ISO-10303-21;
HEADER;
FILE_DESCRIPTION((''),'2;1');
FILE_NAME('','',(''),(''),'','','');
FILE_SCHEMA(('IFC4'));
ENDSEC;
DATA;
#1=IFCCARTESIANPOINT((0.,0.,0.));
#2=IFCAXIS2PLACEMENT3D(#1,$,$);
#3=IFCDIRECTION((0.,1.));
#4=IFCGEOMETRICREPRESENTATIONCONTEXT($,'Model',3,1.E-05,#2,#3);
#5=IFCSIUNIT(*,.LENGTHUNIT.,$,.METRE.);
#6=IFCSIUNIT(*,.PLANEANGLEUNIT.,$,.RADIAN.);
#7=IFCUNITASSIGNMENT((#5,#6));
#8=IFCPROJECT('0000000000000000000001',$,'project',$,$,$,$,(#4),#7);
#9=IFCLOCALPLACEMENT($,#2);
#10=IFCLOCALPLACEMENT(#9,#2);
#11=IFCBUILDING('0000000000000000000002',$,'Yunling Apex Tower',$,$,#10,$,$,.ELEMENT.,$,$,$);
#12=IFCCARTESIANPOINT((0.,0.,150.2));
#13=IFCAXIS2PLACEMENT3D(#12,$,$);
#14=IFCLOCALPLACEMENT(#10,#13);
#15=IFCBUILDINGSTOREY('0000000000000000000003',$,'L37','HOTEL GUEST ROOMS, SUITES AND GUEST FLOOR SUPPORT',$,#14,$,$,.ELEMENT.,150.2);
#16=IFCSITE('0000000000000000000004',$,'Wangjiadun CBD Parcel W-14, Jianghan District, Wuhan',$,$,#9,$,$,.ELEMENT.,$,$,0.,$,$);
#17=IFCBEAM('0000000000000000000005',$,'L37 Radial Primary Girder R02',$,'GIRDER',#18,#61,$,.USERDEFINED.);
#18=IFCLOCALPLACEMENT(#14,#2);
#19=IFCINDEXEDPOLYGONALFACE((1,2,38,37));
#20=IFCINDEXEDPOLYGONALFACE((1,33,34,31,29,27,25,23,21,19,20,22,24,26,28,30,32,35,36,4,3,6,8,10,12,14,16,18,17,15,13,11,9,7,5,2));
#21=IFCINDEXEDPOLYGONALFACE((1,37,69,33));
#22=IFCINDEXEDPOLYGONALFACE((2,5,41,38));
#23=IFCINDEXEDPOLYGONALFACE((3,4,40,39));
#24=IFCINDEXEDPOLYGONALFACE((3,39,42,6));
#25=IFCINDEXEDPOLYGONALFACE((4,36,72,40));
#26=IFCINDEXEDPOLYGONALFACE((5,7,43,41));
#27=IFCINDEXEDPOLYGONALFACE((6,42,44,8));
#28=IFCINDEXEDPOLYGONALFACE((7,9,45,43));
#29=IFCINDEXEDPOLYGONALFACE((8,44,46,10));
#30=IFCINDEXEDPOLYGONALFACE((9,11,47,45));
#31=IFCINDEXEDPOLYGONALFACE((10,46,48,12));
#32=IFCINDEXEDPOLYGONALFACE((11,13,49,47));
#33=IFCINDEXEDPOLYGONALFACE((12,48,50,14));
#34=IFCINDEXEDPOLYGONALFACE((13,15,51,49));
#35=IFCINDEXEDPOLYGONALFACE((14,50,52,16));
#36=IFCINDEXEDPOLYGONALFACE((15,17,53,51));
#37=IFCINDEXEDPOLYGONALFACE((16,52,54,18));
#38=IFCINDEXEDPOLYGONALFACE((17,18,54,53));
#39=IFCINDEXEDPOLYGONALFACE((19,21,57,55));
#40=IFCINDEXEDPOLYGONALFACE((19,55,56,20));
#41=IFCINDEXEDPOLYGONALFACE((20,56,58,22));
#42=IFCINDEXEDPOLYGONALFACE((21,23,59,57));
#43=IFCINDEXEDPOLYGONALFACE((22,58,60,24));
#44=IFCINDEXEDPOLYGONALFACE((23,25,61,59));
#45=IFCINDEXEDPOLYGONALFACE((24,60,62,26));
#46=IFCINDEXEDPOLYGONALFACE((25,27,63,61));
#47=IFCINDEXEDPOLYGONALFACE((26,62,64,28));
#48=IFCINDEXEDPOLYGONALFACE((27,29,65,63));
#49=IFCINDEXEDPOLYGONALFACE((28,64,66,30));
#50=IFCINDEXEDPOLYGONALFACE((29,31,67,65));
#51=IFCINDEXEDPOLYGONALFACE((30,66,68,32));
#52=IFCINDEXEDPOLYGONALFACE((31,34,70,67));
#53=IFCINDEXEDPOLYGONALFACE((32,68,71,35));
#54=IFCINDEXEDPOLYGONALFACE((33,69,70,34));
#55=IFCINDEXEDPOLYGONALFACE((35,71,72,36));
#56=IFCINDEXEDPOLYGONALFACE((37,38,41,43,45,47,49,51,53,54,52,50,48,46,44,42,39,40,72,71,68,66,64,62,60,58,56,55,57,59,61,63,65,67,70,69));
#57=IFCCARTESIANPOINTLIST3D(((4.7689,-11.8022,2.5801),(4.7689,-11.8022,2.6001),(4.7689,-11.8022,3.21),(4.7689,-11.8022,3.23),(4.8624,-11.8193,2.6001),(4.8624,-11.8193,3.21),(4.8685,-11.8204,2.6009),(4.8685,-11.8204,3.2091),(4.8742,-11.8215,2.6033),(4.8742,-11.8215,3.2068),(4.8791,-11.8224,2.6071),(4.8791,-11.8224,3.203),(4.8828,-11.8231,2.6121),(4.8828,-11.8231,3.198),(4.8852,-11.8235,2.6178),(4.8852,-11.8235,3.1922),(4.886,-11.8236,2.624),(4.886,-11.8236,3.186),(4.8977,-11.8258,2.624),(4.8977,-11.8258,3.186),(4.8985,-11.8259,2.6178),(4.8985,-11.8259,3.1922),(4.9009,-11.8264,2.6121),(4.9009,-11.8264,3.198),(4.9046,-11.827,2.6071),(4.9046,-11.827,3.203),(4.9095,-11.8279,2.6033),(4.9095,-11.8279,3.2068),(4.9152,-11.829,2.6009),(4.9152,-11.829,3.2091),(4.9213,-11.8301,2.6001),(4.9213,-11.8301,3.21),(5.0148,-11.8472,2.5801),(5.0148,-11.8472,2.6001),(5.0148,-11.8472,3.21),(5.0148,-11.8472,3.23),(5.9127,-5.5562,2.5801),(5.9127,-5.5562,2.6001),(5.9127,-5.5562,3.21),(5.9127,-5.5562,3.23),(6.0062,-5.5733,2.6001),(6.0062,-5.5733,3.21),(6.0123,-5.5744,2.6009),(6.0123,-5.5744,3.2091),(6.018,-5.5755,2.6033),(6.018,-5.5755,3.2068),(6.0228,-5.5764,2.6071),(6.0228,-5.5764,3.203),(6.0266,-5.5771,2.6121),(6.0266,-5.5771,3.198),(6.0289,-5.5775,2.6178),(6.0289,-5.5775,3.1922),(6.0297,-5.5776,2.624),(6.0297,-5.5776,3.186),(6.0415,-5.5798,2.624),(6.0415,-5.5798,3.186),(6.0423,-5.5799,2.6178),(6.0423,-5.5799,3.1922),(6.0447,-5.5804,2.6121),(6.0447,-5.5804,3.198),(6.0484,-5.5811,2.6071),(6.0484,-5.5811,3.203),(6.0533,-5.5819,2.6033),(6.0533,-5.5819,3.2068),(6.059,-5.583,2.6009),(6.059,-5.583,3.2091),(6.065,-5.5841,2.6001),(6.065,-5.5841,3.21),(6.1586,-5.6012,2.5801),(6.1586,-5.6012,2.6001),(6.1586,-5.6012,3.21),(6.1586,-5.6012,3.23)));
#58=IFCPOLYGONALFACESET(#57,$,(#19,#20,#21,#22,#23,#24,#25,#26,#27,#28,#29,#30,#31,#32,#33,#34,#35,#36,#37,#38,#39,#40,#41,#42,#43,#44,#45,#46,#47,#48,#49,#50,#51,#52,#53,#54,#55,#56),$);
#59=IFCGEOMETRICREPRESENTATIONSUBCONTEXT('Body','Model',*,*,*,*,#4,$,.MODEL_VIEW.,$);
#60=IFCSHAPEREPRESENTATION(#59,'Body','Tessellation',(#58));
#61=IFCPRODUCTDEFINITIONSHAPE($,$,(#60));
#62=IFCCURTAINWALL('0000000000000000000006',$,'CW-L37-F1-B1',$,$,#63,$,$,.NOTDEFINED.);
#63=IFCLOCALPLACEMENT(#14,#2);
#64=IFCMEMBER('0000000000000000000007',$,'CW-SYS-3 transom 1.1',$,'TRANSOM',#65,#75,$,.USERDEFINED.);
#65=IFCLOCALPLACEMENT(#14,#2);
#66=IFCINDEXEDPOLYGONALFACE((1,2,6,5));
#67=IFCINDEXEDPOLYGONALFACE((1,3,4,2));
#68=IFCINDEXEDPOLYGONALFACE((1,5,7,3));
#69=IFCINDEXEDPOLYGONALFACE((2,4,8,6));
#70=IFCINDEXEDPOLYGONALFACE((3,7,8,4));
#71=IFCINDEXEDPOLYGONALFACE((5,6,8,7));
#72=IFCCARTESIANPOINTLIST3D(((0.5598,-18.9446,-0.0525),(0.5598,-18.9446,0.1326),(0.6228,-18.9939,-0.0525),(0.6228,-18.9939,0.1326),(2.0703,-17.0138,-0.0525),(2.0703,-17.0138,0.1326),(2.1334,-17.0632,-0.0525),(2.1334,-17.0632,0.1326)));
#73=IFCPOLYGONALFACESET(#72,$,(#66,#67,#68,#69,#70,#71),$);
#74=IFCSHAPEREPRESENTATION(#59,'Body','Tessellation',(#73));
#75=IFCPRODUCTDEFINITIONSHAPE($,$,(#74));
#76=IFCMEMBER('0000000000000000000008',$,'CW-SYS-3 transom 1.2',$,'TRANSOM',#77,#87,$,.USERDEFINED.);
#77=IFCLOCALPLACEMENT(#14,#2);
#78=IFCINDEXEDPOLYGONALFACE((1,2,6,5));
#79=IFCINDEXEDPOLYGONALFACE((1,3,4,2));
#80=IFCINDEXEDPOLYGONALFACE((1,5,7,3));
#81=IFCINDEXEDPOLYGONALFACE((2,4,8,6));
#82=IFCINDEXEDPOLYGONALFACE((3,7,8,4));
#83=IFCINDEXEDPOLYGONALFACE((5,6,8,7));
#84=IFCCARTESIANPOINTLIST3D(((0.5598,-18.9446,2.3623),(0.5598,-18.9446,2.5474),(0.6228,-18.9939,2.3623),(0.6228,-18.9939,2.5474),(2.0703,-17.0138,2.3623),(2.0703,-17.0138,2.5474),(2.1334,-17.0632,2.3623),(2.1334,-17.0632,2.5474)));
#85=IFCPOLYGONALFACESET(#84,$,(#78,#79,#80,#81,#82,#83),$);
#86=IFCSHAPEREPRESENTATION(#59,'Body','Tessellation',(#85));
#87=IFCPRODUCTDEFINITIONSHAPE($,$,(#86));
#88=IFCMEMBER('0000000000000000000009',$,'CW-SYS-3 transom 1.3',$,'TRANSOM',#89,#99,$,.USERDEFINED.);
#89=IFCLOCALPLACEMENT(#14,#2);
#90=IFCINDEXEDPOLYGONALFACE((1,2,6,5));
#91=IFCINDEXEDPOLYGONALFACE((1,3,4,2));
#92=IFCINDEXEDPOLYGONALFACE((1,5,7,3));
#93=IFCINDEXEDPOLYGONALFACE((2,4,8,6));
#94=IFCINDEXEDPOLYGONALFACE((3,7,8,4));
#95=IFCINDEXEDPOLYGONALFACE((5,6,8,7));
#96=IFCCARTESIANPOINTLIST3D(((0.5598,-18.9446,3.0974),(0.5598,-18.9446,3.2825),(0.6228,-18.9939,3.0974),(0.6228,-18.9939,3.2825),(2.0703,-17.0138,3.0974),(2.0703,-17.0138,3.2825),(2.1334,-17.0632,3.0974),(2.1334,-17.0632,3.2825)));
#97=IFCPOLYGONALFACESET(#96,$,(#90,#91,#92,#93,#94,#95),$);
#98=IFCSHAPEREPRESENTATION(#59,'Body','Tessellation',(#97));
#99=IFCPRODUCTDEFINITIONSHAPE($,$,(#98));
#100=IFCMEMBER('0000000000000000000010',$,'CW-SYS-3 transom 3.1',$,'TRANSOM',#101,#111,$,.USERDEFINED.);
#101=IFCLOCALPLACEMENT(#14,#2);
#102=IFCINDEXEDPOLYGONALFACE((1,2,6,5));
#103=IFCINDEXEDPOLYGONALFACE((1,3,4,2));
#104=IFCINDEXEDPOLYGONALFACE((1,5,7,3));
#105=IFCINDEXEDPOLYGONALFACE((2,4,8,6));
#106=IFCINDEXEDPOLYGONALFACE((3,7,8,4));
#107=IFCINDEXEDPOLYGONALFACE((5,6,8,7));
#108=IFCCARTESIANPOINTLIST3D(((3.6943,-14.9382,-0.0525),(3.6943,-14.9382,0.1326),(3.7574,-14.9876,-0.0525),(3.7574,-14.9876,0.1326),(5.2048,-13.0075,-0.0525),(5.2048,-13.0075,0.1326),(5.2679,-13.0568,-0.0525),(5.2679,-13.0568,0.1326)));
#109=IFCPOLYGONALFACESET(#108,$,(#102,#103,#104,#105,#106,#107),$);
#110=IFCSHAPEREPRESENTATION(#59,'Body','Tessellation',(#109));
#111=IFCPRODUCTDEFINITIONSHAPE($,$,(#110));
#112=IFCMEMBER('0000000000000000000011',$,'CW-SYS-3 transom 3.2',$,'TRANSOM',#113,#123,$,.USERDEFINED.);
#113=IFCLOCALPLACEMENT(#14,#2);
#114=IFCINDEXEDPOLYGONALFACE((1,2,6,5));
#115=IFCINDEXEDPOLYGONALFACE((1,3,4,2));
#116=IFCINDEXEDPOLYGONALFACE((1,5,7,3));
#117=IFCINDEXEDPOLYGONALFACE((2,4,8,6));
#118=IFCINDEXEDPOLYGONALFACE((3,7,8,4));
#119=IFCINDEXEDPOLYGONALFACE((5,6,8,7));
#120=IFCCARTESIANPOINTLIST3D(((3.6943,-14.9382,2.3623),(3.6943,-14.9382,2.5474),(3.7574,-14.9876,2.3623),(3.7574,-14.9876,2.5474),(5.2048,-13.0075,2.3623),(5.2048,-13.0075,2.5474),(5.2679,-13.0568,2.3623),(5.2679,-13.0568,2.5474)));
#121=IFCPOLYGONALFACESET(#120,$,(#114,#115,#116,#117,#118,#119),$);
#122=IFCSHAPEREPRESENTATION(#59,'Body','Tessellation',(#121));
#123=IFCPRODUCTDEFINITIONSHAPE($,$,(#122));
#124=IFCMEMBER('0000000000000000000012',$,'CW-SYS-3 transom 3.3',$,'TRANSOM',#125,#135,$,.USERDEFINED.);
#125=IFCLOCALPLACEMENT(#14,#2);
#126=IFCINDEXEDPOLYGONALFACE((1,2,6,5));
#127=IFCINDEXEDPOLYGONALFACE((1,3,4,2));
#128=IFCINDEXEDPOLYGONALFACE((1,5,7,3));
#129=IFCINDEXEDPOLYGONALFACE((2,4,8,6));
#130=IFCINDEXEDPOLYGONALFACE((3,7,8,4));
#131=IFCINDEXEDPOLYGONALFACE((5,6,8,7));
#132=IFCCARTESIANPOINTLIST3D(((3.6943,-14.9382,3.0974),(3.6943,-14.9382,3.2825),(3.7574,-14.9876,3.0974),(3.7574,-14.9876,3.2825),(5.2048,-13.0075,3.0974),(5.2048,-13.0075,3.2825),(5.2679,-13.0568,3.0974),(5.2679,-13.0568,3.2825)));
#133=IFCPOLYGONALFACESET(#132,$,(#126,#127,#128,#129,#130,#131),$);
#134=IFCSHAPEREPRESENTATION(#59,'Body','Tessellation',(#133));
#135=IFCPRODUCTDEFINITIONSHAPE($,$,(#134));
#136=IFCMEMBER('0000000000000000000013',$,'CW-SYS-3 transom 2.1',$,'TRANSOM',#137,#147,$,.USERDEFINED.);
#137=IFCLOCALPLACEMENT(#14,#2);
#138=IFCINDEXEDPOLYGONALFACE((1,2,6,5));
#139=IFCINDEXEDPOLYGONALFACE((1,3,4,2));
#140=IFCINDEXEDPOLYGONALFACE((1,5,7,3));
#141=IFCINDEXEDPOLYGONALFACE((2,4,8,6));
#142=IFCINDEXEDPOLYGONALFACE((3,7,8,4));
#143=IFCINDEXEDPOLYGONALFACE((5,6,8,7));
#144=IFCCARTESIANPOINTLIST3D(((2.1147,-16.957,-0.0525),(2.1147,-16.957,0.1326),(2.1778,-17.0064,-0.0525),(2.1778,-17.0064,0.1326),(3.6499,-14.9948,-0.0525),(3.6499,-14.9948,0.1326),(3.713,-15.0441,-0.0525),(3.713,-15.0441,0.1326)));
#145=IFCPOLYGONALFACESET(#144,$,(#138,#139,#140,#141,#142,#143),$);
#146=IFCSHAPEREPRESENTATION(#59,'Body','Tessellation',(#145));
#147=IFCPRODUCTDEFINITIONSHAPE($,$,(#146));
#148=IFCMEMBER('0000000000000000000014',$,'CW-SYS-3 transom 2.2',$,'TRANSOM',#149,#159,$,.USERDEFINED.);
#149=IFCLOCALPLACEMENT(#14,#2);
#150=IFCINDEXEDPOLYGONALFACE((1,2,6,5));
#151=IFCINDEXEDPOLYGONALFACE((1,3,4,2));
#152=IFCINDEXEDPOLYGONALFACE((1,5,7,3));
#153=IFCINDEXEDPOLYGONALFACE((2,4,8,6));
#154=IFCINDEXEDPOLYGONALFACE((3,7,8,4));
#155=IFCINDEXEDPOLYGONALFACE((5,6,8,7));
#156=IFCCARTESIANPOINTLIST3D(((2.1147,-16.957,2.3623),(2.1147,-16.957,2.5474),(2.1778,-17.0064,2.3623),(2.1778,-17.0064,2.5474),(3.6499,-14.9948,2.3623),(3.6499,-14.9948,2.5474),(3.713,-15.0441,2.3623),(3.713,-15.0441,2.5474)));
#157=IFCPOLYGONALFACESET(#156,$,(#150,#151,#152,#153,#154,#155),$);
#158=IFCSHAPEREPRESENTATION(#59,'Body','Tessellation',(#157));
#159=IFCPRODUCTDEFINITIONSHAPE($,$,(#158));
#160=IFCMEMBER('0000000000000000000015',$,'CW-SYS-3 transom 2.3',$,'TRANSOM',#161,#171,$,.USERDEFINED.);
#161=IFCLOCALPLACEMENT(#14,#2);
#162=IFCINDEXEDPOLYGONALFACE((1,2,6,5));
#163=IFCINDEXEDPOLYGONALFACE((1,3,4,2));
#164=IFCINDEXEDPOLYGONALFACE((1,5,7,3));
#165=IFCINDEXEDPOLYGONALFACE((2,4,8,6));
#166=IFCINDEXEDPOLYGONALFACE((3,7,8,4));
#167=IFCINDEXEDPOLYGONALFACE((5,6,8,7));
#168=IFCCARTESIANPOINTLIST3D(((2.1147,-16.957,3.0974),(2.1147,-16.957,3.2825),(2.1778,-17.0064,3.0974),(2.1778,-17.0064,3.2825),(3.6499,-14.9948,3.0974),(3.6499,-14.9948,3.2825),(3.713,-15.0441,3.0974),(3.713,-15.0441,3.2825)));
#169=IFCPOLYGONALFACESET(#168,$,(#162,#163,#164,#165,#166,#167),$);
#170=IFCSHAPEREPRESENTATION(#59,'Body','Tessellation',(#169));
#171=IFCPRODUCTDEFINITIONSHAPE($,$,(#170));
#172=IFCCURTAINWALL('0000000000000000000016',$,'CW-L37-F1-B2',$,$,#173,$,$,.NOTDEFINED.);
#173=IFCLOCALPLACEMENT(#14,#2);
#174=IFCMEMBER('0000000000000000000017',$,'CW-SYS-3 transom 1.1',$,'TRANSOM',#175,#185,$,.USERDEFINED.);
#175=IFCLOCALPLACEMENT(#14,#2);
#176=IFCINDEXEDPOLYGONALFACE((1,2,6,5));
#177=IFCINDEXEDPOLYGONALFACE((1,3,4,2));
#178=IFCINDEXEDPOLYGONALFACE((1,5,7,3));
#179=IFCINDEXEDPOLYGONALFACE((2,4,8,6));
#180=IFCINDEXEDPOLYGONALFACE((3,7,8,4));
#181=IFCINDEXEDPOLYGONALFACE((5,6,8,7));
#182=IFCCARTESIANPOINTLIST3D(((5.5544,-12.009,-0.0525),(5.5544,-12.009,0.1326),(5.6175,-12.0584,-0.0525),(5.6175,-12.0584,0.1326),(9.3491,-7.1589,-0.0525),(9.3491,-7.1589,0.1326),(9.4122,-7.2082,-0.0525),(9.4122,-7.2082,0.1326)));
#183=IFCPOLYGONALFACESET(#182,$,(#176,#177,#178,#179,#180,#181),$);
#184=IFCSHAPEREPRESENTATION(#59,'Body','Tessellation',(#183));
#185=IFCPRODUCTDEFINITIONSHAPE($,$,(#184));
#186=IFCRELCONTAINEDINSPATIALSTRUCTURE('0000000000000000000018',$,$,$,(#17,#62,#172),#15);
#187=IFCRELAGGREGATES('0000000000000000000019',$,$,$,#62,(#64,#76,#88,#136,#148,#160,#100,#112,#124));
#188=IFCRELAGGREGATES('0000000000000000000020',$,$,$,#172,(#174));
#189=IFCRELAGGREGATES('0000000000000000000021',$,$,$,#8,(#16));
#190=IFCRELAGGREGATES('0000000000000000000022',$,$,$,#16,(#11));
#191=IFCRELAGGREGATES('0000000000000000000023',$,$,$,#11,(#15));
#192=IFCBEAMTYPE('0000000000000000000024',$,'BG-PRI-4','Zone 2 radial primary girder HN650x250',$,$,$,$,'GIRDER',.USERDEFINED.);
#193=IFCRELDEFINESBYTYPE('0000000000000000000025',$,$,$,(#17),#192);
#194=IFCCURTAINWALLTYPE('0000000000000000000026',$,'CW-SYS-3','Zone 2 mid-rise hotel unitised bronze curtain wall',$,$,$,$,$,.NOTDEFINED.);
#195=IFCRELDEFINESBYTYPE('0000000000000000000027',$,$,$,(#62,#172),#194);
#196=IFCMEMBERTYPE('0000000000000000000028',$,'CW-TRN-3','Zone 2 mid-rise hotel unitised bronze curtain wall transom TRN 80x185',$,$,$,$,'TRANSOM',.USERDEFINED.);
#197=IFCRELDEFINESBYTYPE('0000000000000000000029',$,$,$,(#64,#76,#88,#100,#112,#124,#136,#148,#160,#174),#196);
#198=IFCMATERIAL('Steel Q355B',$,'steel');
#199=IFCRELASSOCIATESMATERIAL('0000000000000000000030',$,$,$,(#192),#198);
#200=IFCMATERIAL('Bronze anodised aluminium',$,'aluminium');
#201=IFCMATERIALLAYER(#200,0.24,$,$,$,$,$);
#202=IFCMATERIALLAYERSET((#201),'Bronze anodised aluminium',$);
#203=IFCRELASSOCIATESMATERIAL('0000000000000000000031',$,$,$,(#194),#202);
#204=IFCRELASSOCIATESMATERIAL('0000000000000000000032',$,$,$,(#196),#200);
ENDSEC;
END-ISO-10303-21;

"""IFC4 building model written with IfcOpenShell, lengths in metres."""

from ifc_helpers import new_model, si_unit, direction, frame, origin, origin_2d, place, context, subcontext, project, spatial, rectangle, i_section, extrude, source, transform, mapped, material, layer, layer_set, material_profile, profile_set, type_object, element, aggregate, save


model = new_model("IFC4")

# Units and contexts
model_context = context("Model", 3, precision=1e-05, world=origin(), true_north=direction((0.0, 1.0)))
body_context = subcontext(model_context, "Body", "Model", "MODEL_VIEW")
ifc_project = project(units=[si_unit("LENGTHUNIT", "METRE"), si_unit("PLANEANGLEUNIT", "RADIAN")], contexts=[model_context])

# Site, building, storey
site_placement = place(None, origin())
site = spatial("IfcSite", under=ifc_project, at=site_placement, Name="Wangjiadun CBD Parcel W-14, Jianghan District, Wuhan", CompositionType="ELEMENT", RefElevation=0.0)
building_placement = place(site_placement, origin())
building = spatial("IfcBuilding", under=site, at=building_placement, Name="Yunling Apex Tower", CompositionType="ELEMENT")
storey_placement = place(building_placement, frame((0.0, 0.0, 150.2)))
storey = spatial("IfcBuildingStorey", under=building, at=storey_placement, Name="L37", Description="HOTEL GUEST ROOMS, SUITES AND GUEST FLOOR SUPPORT", CompositionType="ELEMENT", Elevation=150.2)

# Beam
ifc_material_1 = material(Name="Steel Q355B", Category="steel")
ifc_material_profile_1 = material_profile(ifc_material_1, i_section(OverallWidth=0.25, OverallDepth=0.6499, WebThickness=0.012, FlangeThickness=0.02, FilletRadius=0.0239, at=origin_2d()))
ifc_profile_set_1 = profile_set([ifc_material_profile_1], Name="Steel Q355B")
beam_type_1 = type_object("IfcBeamType", Name="BG-PRI-4", Description="Zone 2 radial primary girder HN650x250", ElementType="GIRDER", PredefinedType="USERDEFINED", material=ifc_profile_set_1)
shared_shape_1 = source(origin(), body_context, "Body", "SweptSolid", [
    extrude(i_section(OverallWidth=0.25, OverallDepth=0.6499, WebThickness=0.012, FlangeThickness=0.02, FilletRadius=0.0239, at=origin_2d()), origin(), (0.0, 0.0, 1.0), 6.3499),
])
beam_placement = place(storey_placement, frame((4.8918, -11.8247, 2.905), z_axis=(0.180127, 0.983643, 0.0), x_axis=(-0.983643, 0.180127, 0.0)))
element("IfcBeam", 1, at=beam_placement, inside=storey, type_object=beam_type_1, Name="L37 Radial Primary Girder R02", ObjectType="GIRDER", PredefinedType="USERDEFINED", context=body_context, shape_type="MappedRepresentation", body=[
    mapped(shared_shape_1, transform((0.0, 0.0, 0.0), scale=1.0)),
])

# Curtain walls, members
ifc_material_2 = material(Name="Bronze anodised aluminium", Category="aluminium")
ifc_layer_1 = layer(ifc_material_2, 0.24)
ifc_layer_set_1 = layer_set([ifc_layer_1], Name="Bronze anodised aluminium")
curtain_wall_type = type_object("IfcCurtainWallType", Name="CW-SYS-3", Description="Zone 2 mid-rise hotel unitised bronze curtain wall", PredefinedType="NOTDEFINED", material=ifc_layer_set_1)
curtain_wall_1_placement = place(storey_placement, origin())
curtain_wall_1 = element("IfcCurtainWall", 2, at=curtain_wall_1_placement, inside=storey, type_object=curtain_wall_type, Name="CW-L37-F1-B1", PredefinedType="NOTDEFINED")
ifc_material_profile_2 = material_profile(ifc_material_2, rectangle(XDim=0.0801, YDim=0.1851, at=origin_2d()))
ifc_profile_set_2 = profile_set([ifc_material_profile_2], Name="Bronze anodised aluminium")
member_type_1 = type_object("IfcMemberType", Name="CW-TRN-3", Description="Zone 2 mid-rise hotel unitised bronze curtain wall transom TRN 80x185", ElementType="TRANSOM", PredefinedType="USERDEFINED", material=ifc_profile_set_2)
shared_shape_2 = source(origin(), body_context, "Body", "SweptSolid", [
    extrude(rectangle(XDim=0.0801, YDim=0.1851, at=origin_2d()), origin(), (0.0, 0.0, 1.0), 2.4514),
])
member_1_placement = place(storey_placement, frame((0.5913, -18.9692, 0.04), z_axis=(0.616193, 0.787595, 0.0), x_axis=(-0.787595, 0.616193, 0.0)))
member_1 = element("IfcMember", 3, at=member_1_placement, type_object=member_type_1, Name="CW-SYS-3 transom 1.1", ObjectType="TRANSOM", PredefinedType="USERDEFINED", context=body_context, shape_type="MappedRepresentation", body=[
    mapped(shared_shape_2, transform((0.0, 0.0, 0.0), scale=1.0)),
])
member_2_placement = place(storey_placement, frame((0.5913, -18.9692, 2.4548), z_axis=(0.616193, 0.787595, 0.0), x_axis=(-0.787595, 0.616193, 0.0)))
member_2 = element("IfcMember", 4, at=member_2_placement, type_object=member_type_1, Name="CW-SYS-3 transom 1.2", ObjectType="TRANSOM", PredefinedType="USERDEFINED", context=body_context, shape_type="MappedRepresentation", body=[
    mapped(shared_shape_2, transform((0.0, 0.0, 0.0), scale=1.0)),
])
member_3_placement = place(storey_placement, frame((0.5913, -18.9692, 3.1899), z_axis=(0.616193, 0.787595, 0.0), x_axis=(-0.787595, 0.616193, 0.0)))
member_3 = element("IfcMember", 5, at=member_3_placement, type_object=member_type_1, Name="CW-SYS-3 transom 1.3", ObjectType="TRANSOM", PredefinedType="USERDEFINED", context=body_context, shape_type="MappedRepresentation", body=[
    mapped(shared_shape_2, transform((0.0, 0.0, 0.0), scale=1.0)),
])
member_4_placement = place(storey_placement, frame((3.7258, -14.9629, 0.04), z_axis=(0.616193, 0.787595, 0.0), x_axis=(-0.787595, 0.616193, 0.0)))
member_4 = element("IfcMember", 6, at=member_4_placement, type_object=member_type_1, Name="CW-SYS-3 transom 3.1", ObjectType="TRANSOM", PredefinedType="USERDEFINED", context=body_context, shape_type="MappedRepresentation", body=[
    mapped(shared_shape_2, transform((0.0, 0.0, 0.0), scale=1.0)),
])
member_5_placement = place(storey_placement, frame((3.7258, -14.9629, 2.4548), z_axis=(0.616193, 0.787595, 0.0), x_axis=(-0.787595, 0.616193, 0.0)))
member_5 = element("IfcMember", 7, at=member_5_placement, type_object=member_type_1, Name="CW-SYS-3 transom 3.2", ObjectType="TRANSOM", PredefinedType="USERDEFINED", context=body_context, shape_type="MappedRepresentation", body=[
    mapped(shared_shape_2, transform((0.0, 0.0, 0.0), scale=1.0)),
])
member_6_placement = place(storey_placement, frame((3.7258, -14.9629, 3.1899), z_axis=(0.616193, 0.787595, 0.0), x_axis=(-0.787595, 0.616193, 0.0)))
member_6 = element("IfcMember", 8, at=member_6_placement, type_object=member_type_1, Name="CW-SYS-3 transom 3.3", ObjectType="TRANSOM", PredefinedType="USERDEFINED", context=body_context, shape_type="MappedRepresentation", body=[
    mapped(shared_shape_2, transform((0.0, 0.0, 0.0), scale=1.0)),
])
shared_shape_3 = source(origin(), body_context, "Body", "SweptSolid", [
    extrude(rectangle(XDim=0.0801, YDim=0.1851, at=origin_2d()), origin(), (0.0, 0.0, 1.0), 2.4915),
])
member_7_placement = place(storey_placement, frame((2.1462, -16.9817, 0.04), z_axis=(0.616197, 0.787592, 0.0), x_axis=(-0.787592, 0.616197, 0.0)))
member_7 = element("IfcMember", 9, at=member_7_placement, type_object=member_type_1, Name="CW-SYS-3 transom 2.1", ObjectType="TRANSOM", PredefinedType="USERDEFINED", context=body_context, shape_type="MappedRepresentation", body=[
    mapped(shared_shape_3, transform((0.0, 0.0, 0.0), scale=1.0)),
])
member_8_placement = place(storey_placement, frame((2.1462, -16.9817, 2.4548), z_axis=(0.616197, 0.787592, 0.0), x_axis=(-0.787592, 0.616197, 0.0)))
member_8 = element("IfcMember", 10, at=member_8_placement, type_object=member_type_1, Name="CW-SYS-3 transom 2.2", ObjectType="TRANSOM", PredefinedType="USERDEFINED", context=body_context, shape_type="MappedRepresentation", body=[
    mapped(shared_shape_3, transform((0.0, 0.0, 0.0), scale=1.0)),
])
member_9_placement = place(storey_placement, frame((2.1462, -16.9817, 3.1899), z_axis=(0.616197, 0.787592, 0.0), x_axis=(-0.787592, 0.616197, 0.0)))
member_9 = element("IfcMember", 11, at=member_9_placement, type_object=member_type_1, Name="CW-SYS-3 transom 2.3", ObjectType="TRANSOM", PredefinedType="USERDEFINED", context=body_context, shape_type="MappedRepresentation", body=[
    mapped(shared_shape_3, transform((0.0, 0.0, 0.0), scale=1.0)),
])
curtain_wall_2_placement = place(storey_placement, origin())
curtain_wall_2 = element("IfcCurtainWall", 12, at=curtain_wall_2_placement, inside=storey, type_object=curtain_wall_type, Name="CW-L37-F1-B2", PredefinedType="NOTDEFINED")
shared_shape_4 = source(origin(), body_context, "Body", "SweptSolid", [
    extrude(rectangle(XDim=0.0801, YDim=0.1851, at=origin_2d()), origin(), (0.0, 0.0, 1.0), 6.1582),
])
member_10_placement = place(storey_placement, frame((5.5859, -12.0337, 0.04), z_axis=(0.616202, 0.787588, 0.0), x_axis=(-0.787588, 0.616202, 0.0)))
member_10 = element("IfcMember", 13, at=member_10_placement, type_object=member_type_1, Name="CW-SYS-3 transom 1.1", ObjectType="TRANSOM", PredefinedType="USERDEFINED", context=body_context, shape_type="MappedRepresentation", body=[
    mapped(shared_shape_4, transform((0.0, 0.0, 0.0), scale=1.0)),
])

aggregate(curtain_wall_1, [member_1, member_2, member_3, member_7, member_8, member_9, member_4, member_5, member_6])
aggregate(curtain_wall_2, [member_10])

save(model, "model.ifc")
